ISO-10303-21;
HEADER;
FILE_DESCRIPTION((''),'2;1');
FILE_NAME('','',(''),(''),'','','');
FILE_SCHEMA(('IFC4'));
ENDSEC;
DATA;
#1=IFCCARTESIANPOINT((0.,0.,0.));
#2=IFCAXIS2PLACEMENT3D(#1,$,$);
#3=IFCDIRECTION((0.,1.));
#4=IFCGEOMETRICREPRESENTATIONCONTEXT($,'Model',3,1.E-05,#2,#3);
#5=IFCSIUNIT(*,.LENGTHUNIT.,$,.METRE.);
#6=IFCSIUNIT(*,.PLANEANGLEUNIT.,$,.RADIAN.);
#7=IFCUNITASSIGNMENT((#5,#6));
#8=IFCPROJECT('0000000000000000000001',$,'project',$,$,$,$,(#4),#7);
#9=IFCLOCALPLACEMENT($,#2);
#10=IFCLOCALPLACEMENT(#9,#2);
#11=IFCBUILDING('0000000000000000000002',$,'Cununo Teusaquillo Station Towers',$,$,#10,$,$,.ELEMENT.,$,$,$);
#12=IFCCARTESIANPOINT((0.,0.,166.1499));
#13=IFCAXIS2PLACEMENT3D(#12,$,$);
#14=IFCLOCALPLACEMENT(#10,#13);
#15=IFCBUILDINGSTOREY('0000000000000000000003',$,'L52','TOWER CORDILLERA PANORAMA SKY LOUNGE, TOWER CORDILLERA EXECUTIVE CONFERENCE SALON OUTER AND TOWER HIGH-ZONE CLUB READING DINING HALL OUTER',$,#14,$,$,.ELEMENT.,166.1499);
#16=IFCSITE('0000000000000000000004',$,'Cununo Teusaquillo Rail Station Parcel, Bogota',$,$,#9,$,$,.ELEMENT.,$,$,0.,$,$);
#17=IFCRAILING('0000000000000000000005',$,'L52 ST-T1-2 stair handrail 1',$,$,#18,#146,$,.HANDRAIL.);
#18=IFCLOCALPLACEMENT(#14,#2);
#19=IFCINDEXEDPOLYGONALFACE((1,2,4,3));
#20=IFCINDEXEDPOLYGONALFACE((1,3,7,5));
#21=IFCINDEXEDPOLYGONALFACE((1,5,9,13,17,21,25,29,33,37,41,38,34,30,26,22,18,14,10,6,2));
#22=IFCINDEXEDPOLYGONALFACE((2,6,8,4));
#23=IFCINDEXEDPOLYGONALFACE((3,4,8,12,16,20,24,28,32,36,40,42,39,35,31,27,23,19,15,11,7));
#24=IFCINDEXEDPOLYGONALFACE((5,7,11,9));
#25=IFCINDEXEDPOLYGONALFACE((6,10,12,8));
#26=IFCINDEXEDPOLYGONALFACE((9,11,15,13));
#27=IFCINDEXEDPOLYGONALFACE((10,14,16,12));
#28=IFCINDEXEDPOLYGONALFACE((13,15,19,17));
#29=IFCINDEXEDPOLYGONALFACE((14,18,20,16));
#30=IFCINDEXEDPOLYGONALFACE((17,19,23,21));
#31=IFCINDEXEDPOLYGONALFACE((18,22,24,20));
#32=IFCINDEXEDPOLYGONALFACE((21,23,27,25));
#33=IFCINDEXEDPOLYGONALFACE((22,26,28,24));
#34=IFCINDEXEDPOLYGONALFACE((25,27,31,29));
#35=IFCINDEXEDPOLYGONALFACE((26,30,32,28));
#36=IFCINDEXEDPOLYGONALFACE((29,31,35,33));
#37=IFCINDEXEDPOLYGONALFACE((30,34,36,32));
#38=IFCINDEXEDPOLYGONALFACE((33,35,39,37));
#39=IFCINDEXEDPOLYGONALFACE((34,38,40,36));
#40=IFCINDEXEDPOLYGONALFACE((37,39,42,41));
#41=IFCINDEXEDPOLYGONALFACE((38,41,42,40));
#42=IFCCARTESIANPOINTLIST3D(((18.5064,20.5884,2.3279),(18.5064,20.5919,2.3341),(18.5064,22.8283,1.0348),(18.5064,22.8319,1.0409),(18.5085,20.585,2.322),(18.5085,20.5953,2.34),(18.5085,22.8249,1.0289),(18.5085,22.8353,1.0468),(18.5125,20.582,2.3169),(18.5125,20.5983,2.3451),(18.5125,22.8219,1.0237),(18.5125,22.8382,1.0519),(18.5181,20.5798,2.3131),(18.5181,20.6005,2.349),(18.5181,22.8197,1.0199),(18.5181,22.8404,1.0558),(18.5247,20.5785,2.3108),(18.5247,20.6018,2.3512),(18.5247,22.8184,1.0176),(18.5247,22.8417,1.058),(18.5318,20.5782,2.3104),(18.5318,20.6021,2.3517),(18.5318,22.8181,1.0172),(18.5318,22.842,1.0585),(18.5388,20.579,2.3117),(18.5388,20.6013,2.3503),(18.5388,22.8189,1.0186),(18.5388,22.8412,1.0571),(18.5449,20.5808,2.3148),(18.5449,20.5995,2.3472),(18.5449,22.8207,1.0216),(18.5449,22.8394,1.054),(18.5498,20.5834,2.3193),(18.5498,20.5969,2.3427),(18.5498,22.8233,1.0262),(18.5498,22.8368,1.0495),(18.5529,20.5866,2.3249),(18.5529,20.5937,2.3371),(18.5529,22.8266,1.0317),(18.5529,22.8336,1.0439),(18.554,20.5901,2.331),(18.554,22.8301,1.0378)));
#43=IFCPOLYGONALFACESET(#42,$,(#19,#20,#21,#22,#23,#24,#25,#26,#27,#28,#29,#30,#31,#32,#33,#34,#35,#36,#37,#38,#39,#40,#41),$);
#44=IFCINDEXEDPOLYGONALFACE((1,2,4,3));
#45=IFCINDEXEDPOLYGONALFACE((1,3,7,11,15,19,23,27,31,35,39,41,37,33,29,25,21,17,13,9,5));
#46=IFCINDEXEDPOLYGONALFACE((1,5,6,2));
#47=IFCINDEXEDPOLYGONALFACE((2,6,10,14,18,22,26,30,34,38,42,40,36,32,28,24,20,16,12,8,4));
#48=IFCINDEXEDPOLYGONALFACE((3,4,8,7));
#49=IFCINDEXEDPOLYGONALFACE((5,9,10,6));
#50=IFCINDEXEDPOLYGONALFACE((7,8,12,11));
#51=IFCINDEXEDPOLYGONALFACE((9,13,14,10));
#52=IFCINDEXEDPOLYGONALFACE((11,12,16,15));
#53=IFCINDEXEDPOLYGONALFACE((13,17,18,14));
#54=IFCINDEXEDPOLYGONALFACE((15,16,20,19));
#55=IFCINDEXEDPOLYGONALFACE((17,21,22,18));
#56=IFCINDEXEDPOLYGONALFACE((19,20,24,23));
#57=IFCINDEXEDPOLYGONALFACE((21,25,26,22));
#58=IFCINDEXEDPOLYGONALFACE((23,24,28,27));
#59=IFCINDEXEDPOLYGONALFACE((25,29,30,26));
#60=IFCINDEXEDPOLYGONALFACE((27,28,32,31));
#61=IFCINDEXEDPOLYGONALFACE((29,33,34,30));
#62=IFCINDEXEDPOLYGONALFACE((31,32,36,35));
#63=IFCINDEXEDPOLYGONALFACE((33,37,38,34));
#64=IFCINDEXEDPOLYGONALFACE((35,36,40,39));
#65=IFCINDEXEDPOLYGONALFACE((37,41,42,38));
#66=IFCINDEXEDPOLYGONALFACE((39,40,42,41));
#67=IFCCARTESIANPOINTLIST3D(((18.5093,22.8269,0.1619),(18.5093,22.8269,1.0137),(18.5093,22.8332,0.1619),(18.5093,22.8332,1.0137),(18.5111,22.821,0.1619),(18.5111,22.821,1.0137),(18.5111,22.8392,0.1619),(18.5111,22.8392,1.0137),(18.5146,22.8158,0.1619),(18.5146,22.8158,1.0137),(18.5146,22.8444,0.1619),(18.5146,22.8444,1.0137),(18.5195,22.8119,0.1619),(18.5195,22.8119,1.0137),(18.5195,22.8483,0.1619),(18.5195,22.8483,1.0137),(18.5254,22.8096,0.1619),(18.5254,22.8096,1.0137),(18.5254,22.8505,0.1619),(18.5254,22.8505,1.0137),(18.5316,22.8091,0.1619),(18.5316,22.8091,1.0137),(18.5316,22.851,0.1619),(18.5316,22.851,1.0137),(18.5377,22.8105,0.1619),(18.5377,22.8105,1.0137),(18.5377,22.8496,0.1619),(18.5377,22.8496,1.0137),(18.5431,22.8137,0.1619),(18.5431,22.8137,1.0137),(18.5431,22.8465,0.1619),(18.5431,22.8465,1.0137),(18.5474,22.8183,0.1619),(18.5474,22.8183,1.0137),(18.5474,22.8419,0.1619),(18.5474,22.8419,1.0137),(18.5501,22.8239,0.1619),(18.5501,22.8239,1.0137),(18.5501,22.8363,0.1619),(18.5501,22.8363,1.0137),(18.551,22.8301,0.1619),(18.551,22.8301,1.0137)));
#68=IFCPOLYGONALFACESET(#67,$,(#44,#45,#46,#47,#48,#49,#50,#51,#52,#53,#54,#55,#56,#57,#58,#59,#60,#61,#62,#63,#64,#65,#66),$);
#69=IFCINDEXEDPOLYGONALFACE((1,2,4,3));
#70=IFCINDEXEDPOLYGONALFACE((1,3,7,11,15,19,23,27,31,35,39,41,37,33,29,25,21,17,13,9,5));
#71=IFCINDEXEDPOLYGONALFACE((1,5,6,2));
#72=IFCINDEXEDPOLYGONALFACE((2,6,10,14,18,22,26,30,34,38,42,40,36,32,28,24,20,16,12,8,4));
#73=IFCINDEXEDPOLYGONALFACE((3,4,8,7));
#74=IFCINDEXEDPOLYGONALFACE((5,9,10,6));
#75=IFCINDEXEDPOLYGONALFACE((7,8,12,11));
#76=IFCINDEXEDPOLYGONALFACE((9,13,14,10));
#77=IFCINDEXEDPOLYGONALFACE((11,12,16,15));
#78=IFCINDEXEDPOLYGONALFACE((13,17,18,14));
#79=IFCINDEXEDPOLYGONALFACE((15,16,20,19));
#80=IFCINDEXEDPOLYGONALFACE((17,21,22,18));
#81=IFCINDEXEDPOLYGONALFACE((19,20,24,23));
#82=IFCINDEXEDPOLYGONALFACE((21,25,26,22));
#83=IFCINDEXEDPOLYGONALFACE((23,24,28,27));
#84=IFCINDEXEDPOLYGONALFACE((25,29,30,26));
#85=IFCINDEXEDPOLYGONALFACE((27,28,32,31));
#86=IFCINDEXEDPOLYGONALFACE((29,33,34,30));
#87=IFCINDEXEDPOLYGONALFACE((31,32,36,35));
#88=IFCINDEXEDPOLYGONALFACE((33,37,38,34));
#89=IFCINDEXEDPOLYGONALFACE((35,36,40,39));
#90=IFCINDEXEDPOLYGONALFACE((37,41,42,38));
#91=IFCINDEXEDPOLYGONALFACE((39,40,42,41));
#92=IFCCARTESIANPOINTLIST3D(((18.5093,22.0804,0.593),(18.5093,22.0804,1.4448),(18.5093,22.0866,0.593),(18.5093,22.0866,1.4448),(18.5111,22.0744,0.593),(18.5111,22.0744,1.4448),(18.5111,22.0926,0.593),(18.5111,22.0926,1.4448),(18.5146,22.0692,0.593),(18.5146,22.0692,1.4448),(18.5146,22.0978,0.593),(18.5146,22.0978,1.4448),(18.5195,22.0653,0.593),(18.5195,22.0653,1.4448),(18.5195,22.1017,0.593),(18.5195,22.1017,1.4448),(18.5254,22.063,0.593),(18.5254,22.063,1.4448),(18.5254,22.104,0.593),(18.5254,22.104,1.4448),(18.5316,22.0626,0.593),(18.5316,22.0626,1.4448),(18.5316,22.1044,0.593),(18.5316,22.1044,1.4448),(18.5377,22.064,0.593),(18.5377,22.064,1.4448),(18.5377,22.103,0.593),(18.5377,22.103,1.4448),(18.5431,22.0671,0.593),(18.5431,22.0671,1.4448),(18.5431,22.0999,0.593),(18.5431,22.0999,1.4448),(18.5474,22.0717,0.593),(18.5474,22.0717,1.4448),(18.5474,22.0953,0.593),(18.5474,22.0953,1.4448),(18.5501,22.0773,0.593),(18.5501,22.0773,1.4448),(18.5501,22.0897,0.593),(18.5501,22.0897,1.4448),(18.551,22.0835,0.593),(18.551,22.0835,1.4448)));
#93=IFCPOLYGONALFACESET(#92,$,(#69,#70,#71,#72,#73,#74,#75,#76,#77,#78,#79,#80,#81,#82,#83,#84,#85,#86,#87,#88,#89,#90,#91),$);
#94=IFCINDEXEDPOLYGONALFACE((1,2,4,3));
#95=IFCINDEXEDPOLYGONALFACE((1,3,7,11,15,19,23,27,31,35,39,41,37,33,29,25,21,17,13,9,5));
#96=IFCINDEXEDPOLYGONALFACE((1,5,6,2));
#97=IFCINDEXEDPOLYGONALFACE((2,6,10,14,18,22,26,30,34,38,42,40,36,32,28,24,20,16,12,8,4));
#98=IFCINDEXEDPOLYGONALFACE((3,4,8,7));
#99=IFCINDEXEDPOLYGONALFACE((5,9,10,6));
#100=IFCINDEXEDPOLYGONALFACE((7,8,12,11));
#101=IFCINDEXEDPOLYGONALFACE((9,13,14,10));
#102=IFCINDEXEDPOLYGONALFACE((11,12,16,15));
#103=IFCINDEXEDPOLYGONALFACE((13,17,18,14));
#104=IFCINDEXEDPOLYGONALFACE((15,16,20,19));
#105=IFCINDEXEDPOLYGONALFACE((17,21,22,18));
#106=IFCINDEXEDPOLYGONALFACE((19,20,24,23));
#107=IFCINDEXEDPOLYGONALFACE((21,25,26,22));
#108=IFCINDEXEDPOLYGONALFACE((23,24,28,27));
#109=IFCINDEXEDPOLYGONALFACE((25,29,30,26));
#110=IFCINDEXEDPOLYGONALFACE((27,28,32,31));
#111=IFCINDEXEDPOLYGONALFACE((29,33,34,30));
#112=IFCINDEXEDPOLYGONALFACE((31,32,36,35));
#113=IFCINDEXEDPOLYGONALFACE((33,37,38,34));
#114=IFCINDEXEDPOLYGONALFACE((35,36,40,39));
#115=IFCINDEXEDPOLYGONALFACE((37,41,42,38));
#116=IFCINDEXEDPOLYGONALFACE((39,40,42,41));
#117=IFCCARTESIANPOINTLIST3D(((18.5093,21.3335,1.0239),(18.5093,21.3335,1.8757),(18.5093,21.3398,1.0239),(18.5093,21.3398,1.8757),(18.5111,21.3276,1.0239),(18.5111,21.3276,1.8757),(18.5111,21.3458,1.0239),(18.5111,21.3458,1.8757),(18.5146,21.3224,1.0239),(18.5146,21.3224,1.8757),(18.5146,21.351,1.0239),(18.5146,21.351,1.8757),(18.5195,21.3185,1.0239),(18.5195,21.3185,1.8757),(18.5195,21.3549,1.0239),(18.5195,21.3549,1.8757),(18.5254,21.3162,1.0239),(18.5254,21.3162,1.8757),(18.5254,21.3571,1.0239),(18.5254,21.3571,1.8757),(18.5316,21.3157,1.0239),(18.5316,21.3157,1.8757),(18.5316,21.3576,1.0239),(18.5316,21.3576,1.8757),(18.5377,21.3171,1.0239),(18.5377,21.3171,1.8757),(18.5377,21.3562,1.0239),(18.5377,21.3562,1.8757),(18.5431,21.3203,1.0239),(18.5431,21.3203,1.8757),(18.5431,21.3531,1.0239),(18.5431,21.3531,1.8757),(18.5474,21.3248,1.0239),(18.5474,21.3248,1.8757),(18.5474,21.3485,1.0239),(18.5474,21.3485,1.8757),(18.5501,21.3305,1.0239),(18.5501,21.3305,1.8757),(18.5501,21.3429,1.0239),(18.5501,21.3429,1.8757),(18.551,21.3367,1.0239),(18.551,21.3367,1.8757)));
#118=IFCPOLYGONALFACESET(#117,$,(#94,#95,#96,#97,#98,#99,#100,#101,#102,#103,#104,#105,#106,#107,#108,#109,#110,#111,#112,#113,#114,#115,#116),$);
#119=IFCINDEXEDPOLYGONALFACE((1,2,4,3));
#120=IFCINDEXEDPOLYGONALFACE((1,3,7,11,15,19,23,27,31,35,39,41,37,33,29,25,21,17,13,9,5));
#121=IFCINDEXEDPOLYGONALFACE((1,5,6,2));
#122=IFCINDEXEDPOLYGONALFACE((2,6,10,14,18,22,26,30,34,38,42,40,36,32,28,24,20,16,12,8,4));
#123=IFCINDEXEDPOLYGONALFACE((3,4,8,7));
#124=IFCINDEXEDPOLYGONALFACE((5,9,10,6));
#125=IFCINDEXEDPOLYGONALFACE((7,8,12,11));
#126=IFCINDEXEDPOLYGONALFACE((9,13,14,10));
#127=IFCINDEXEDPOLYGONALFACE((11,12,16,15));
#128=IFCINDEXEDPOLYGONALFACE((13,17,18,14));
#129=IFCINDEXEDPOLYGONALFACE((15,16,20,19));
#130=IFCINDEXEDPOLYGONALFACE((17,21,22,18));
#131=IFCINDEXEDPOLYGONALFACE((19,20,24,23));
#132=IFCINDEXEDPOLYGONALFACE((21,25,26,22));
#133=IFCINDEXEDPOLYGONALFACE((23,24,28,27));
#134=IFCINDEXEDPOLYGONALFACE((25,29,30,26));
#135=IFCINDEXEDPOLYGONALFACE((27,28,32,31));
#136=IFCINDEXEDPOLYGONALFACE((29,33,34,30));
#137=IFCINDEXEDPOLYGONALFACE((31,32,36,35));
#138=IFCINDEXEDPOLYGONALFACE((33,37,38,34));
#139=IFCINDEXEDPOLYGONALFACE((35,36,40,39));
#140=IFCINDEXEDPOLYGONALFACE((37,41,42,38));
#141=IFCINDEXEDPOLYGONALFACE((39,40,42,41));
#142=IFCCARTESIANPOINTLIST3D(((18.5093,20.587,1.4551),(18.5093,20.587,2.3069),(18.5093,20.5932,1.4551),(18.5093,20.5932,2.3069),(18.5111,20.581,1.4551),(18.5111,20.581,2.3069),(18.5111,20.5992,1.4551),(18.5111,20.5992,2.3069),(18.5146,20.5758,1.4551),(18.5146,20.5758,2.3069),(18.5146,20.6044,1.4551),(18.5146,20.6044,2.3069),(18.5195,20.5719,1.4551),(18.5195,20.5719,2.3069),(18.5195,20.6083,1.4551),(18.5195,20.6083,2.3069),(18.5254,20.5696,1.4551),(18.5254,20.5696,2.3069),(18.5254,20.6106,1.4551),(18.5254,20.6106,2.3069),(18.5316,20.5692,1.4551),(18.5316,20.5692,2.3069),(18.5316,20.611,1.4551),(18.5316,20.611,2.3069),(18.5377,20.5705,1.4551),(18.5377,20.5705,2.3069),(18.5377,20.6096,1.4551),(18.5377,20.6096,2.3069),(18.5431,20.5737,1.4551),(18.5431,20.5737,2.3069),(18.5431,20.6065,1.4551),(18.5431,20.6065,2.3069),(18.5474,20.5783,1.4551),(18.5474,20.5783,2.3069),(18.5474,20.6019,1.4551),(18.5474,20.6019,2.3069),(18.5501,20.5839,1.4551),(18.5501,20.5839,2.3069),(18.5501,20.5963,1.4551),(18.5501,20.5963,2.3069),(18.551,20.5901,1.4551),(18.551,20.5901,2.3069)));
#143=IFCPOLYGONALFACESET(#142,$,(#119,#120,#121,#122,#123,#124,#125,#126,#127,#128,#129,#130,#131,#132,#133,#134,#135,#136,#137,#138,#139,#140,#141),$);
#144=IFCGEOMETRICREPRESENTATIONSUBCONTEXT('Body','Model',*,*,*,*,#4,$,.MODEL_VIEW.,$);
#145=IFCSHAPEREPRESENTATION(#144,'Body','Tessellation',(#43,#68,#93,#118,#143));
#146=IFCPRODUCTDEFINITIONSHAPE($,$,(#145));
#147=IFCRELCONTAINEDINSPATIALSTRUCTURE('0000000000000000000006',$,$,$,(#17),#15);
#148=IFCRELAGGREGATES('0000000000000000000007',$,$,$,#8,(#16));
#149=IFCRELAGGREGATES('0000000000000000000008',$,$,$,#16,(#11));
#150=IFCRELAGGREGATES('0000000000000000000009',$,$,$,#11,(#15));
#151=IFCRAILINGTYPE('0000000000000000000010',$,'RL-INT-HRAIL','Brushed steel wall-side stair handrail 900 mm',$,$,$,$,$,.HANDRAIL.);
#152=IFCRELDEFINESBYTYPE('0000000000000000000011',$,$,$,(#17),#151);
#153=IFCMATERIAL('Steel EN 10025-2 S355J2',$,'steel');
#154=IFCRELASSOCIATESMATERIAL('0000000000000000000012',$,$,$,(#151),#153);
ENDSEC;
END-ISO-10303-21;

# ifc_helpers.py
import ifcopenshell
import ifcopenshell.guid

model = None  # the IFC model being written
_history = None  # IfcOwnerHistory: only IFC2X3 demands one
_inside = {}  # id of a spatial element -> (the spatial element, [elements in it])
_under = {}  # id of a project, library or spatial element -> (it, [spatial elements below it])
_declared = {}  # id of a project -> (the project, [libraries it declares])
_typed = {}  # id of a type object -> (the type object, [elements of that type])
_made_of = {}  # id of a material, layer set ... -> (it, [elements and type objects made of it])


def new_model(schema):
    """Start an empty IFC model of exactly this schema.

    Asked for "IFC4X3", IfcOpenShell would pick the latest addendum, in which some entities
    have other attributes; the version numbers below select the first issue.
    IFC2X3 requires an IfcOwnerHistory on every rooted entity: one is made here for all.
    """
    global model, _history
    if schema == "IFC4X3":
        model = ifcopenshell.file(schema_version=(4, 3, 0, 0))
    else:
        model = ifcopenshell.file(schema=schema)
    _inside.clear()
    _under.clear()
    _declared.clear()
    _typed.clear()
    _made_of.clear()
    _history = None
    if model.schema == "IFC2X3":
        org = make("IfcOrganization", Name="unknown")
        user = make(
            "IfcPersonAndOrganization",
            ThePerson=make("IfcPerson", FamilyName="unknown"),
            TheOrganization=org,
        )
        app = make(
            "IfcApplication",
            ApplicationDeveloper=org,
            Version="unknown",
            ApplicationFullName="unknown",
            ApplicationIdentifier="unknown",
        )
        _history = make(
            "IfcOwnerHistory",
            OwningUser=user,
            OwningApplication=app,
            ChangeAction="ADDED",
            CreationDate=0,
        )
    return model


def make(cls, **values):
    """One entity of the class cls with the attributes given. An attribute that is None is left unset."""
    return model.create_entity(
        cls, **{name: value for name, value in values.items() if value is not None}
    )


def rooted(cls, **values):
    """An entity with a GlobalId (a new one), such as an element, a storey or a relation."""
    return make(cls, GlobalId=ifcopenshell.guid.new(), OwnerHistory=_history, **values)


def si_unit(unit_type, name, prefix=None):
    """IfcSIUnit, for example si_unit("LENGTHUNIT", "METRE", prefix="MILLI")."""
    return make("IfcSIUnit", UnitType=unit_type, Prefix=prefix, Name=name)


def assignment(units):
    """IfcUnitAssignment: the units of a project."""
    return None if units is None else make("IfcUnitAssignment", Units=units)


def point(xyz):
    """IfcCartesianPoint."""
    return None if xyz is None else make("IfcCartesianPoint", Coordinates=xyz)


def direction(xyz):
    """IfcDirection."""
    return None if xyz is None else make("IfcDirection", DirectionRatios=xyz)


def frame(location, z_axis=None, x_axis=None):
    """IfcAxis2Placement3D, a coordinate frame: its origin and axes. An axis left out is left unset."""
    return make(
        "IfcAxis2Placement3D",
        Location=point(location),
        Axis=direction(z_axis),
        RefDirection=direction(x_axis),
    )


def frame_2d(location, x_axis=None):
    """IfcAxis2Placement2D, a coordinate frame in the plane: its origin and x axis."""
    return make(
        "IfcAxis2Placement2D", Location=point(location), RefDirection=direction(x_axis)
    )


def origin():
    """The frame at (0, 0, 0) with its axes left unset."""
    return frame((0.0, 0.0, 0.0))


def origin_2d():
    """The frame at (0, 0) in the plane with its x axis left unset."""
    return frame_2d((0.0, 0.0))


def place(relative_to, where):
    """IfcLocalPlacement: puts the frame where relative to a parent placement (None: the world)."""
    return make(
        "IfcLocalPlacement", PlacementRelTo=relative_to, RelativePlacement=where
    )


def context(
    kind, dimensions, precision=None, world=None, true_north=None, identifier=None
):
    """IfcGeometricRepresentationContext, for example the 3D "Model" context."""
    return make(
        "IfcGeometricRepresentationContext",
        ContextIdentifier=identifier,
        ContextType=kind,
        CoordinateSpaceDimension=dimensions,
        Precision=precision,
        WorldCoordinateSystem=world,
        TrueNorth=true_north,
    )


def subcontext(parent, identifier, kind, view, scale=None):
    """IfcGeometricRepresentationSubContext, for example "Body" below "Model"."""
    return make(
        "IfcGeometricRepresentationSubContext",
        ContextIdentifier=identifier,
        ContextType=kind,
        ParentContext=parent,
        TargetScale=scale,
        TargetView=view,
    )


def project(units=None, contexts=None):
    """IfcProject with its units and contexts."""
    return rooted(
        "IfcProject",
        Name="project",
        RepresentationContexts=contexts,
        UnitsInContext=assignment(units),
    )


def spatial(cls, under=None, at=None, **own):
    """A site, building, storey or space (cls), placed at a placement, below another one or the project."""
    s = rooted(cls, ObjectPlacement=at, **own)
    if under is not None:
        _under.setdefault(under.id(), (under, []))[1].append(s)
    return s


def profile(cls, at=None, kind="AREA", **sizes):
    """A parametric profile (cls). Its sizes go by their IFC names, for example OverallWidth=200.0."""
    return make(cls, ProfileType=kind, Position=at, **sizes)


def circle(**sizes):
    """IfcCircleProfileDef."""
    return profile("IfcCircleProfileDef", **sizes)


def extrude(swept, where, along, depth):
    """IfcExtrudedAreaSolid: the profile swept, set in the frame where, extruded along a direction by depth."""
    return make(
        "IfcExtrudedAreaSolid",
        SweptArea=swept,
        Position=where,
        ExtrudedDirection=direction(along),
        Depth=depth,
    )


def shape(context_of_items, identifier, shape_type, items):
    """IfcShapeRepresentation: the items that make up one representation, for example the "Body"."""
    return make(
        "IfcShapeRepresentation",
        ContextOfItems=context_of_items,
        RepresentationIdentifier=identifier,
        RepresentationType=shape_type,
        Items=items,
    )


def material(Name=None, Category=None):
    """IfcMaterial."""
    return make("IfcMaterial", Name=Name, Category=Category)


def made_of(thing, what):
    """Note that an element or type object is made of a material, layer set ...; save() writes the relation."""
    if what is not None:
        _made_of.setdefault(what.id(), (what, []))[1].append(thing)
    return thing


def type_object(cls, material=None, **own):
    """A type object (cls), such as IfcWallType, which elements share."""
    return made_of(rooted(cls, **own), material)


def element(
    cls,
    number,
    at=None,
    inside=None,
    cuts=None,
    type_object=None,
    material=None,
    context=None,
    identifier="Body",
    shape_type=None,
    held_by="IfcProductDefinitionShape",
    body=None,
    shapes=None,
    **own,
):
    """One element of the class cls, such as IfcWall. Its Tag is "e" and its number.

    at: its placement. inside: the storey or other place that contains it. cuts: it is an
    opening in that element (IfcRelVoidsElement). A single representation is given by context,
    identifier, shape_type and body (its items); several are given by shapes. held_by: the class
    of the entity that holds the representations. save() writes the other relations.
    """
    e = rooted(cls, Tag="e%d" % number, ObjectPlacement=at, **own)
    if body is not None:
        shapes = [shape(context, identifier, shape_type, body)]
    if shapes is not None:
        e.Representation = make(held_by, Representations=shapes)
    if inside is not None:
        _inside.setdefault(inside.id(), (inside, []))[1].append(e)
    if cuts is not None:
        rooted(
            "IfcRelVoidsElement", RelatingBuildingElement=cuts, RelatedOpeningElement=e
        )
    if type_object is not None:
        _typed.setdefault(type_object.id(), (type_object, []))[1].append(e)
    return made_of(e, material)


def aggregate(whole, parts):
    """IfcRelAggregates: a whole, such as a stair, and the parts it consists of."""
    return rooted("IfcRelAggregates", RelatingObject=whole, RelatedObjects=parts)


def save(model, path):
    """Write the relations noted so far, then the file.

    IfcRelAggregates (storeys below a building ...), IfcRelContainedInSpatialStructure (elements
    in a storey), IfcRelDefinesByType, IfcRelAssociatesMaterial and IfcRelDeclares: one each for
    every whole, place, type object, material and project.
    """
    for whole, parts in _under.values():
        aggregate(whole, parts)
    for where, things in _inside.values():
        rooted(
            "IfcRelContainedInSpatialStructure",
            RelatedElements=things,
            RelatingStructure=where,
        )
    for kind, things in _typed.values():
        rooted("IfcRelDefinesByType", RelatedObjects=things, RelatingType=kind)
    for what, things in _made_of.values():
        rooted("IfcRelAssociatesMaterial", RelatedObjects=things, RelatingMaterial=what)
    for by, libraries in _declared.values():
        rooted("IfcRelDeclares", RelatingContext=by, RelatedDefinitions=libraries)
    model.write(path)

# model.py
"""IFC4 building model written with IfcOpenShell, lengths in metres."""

from ifc_helpers import new_model, si_unit, direction, frame, origin, origin_2d, place, context, subcontext, project, spatial, circle, extrude, material, type_object, element, save


model = new_model("IFC4")

# Units and contexts
model_context = context("Model", 3, precision=1e-05, world=origin(), true_north=direction((0.0, 1.0)))
body_context = subcontext(model_context, "Body", "Model", "MODEL_VIEW")
ifc_project = project(units=[si_unit("LENGTHUNIT", "METRE"), si_unit("PLANEANGLEUNIT", "RADIAN")], contexts=[model_context])

# Site, building, storey
site_placement = place(None, origin())
site = spatial("IfcSite", under=ifc_project, at=site_placement, Name="Cununo Teusaquillo Rail Station Parcel, Bogota", CompositionType="ELEMENT", RefElevation=0.0)
building_placement = place(site_placement, origin())
building = spatial("IfcBuilding", under=site, at=building_placement, Name="Cununo Teusaquillo Station Towers", CompositionType="ELEMENT")
storey_placement = place(building_placement, frame((0.0, 0.0, 166.1499)))
storey = spatial("IfcBuildingStorey", under=building, at=storey_placement, Name="L52", Description="TOWER CORDILLERA PANORAMA SKY LOUNGE, TOWER CORDILLERA EXECUTIVE CONFERENCE SALON OUTER AND TOWER HIGH-ZONE CLUB READING DINING HALL OUTER", CompositionType="ELEMENT", Elevation=166.1499)

# Railing
ifc_material_1 = material(Name="Steel EN 10025-2 S355J2", Category="steel")
railing_type_1 = type_object("IfcRailingType", Name="RL-INT-HRAIL", Description="Brushed steel wall-side stair handrail 900 mm", PredefinedType="HANDRAIL", material=ifc_material_1)
railing_1_placement = place(storey_placement, frame((18.53, 22.8301, 0.1619)))
element("IfcRailing", 1, at=railing_1_placement, inside=storey, type_object=railing_type_1, Name="L52 ST-T1-2 stair handrail 1", PredefinedType="HANDRAIL", context=body_context, shape_type="SweptSolid", body=[
    extrude(circle(Radius=0.0239, at=origin_2d()), frame((0.0, 0.0, 0.876), z_axis=(0.0, -0.866033, 0.499987), x_axis=(1.0, 0.0, 0.0)), (0.0, 0.0, 1.0), 2.5864),
    extrude(circle(Radius=0.021, at=origin_2d()), origin(), (0.0, 0.0, 1.0), 0.8518),
    extrude(circle(Radius=0.021, at=origin_2d()), frame((0.0, -0.7466, 0.4312)), (0.0, 0.0, 1.0), 0.8518),
    extrude(circle(Radius=0.021, at=origin_2d()), frame((0.0, -1.4934, 0.8621)), (0.0, 0.0, 1.0), 0.8518),
    extrude(circle(Radius=0.021, at=origin_2d()), frame((0.0, -2.24, 1.2932)), (0.0, 0.0, 1.0), 0.8518),
])

save(model, "model.ifc")
